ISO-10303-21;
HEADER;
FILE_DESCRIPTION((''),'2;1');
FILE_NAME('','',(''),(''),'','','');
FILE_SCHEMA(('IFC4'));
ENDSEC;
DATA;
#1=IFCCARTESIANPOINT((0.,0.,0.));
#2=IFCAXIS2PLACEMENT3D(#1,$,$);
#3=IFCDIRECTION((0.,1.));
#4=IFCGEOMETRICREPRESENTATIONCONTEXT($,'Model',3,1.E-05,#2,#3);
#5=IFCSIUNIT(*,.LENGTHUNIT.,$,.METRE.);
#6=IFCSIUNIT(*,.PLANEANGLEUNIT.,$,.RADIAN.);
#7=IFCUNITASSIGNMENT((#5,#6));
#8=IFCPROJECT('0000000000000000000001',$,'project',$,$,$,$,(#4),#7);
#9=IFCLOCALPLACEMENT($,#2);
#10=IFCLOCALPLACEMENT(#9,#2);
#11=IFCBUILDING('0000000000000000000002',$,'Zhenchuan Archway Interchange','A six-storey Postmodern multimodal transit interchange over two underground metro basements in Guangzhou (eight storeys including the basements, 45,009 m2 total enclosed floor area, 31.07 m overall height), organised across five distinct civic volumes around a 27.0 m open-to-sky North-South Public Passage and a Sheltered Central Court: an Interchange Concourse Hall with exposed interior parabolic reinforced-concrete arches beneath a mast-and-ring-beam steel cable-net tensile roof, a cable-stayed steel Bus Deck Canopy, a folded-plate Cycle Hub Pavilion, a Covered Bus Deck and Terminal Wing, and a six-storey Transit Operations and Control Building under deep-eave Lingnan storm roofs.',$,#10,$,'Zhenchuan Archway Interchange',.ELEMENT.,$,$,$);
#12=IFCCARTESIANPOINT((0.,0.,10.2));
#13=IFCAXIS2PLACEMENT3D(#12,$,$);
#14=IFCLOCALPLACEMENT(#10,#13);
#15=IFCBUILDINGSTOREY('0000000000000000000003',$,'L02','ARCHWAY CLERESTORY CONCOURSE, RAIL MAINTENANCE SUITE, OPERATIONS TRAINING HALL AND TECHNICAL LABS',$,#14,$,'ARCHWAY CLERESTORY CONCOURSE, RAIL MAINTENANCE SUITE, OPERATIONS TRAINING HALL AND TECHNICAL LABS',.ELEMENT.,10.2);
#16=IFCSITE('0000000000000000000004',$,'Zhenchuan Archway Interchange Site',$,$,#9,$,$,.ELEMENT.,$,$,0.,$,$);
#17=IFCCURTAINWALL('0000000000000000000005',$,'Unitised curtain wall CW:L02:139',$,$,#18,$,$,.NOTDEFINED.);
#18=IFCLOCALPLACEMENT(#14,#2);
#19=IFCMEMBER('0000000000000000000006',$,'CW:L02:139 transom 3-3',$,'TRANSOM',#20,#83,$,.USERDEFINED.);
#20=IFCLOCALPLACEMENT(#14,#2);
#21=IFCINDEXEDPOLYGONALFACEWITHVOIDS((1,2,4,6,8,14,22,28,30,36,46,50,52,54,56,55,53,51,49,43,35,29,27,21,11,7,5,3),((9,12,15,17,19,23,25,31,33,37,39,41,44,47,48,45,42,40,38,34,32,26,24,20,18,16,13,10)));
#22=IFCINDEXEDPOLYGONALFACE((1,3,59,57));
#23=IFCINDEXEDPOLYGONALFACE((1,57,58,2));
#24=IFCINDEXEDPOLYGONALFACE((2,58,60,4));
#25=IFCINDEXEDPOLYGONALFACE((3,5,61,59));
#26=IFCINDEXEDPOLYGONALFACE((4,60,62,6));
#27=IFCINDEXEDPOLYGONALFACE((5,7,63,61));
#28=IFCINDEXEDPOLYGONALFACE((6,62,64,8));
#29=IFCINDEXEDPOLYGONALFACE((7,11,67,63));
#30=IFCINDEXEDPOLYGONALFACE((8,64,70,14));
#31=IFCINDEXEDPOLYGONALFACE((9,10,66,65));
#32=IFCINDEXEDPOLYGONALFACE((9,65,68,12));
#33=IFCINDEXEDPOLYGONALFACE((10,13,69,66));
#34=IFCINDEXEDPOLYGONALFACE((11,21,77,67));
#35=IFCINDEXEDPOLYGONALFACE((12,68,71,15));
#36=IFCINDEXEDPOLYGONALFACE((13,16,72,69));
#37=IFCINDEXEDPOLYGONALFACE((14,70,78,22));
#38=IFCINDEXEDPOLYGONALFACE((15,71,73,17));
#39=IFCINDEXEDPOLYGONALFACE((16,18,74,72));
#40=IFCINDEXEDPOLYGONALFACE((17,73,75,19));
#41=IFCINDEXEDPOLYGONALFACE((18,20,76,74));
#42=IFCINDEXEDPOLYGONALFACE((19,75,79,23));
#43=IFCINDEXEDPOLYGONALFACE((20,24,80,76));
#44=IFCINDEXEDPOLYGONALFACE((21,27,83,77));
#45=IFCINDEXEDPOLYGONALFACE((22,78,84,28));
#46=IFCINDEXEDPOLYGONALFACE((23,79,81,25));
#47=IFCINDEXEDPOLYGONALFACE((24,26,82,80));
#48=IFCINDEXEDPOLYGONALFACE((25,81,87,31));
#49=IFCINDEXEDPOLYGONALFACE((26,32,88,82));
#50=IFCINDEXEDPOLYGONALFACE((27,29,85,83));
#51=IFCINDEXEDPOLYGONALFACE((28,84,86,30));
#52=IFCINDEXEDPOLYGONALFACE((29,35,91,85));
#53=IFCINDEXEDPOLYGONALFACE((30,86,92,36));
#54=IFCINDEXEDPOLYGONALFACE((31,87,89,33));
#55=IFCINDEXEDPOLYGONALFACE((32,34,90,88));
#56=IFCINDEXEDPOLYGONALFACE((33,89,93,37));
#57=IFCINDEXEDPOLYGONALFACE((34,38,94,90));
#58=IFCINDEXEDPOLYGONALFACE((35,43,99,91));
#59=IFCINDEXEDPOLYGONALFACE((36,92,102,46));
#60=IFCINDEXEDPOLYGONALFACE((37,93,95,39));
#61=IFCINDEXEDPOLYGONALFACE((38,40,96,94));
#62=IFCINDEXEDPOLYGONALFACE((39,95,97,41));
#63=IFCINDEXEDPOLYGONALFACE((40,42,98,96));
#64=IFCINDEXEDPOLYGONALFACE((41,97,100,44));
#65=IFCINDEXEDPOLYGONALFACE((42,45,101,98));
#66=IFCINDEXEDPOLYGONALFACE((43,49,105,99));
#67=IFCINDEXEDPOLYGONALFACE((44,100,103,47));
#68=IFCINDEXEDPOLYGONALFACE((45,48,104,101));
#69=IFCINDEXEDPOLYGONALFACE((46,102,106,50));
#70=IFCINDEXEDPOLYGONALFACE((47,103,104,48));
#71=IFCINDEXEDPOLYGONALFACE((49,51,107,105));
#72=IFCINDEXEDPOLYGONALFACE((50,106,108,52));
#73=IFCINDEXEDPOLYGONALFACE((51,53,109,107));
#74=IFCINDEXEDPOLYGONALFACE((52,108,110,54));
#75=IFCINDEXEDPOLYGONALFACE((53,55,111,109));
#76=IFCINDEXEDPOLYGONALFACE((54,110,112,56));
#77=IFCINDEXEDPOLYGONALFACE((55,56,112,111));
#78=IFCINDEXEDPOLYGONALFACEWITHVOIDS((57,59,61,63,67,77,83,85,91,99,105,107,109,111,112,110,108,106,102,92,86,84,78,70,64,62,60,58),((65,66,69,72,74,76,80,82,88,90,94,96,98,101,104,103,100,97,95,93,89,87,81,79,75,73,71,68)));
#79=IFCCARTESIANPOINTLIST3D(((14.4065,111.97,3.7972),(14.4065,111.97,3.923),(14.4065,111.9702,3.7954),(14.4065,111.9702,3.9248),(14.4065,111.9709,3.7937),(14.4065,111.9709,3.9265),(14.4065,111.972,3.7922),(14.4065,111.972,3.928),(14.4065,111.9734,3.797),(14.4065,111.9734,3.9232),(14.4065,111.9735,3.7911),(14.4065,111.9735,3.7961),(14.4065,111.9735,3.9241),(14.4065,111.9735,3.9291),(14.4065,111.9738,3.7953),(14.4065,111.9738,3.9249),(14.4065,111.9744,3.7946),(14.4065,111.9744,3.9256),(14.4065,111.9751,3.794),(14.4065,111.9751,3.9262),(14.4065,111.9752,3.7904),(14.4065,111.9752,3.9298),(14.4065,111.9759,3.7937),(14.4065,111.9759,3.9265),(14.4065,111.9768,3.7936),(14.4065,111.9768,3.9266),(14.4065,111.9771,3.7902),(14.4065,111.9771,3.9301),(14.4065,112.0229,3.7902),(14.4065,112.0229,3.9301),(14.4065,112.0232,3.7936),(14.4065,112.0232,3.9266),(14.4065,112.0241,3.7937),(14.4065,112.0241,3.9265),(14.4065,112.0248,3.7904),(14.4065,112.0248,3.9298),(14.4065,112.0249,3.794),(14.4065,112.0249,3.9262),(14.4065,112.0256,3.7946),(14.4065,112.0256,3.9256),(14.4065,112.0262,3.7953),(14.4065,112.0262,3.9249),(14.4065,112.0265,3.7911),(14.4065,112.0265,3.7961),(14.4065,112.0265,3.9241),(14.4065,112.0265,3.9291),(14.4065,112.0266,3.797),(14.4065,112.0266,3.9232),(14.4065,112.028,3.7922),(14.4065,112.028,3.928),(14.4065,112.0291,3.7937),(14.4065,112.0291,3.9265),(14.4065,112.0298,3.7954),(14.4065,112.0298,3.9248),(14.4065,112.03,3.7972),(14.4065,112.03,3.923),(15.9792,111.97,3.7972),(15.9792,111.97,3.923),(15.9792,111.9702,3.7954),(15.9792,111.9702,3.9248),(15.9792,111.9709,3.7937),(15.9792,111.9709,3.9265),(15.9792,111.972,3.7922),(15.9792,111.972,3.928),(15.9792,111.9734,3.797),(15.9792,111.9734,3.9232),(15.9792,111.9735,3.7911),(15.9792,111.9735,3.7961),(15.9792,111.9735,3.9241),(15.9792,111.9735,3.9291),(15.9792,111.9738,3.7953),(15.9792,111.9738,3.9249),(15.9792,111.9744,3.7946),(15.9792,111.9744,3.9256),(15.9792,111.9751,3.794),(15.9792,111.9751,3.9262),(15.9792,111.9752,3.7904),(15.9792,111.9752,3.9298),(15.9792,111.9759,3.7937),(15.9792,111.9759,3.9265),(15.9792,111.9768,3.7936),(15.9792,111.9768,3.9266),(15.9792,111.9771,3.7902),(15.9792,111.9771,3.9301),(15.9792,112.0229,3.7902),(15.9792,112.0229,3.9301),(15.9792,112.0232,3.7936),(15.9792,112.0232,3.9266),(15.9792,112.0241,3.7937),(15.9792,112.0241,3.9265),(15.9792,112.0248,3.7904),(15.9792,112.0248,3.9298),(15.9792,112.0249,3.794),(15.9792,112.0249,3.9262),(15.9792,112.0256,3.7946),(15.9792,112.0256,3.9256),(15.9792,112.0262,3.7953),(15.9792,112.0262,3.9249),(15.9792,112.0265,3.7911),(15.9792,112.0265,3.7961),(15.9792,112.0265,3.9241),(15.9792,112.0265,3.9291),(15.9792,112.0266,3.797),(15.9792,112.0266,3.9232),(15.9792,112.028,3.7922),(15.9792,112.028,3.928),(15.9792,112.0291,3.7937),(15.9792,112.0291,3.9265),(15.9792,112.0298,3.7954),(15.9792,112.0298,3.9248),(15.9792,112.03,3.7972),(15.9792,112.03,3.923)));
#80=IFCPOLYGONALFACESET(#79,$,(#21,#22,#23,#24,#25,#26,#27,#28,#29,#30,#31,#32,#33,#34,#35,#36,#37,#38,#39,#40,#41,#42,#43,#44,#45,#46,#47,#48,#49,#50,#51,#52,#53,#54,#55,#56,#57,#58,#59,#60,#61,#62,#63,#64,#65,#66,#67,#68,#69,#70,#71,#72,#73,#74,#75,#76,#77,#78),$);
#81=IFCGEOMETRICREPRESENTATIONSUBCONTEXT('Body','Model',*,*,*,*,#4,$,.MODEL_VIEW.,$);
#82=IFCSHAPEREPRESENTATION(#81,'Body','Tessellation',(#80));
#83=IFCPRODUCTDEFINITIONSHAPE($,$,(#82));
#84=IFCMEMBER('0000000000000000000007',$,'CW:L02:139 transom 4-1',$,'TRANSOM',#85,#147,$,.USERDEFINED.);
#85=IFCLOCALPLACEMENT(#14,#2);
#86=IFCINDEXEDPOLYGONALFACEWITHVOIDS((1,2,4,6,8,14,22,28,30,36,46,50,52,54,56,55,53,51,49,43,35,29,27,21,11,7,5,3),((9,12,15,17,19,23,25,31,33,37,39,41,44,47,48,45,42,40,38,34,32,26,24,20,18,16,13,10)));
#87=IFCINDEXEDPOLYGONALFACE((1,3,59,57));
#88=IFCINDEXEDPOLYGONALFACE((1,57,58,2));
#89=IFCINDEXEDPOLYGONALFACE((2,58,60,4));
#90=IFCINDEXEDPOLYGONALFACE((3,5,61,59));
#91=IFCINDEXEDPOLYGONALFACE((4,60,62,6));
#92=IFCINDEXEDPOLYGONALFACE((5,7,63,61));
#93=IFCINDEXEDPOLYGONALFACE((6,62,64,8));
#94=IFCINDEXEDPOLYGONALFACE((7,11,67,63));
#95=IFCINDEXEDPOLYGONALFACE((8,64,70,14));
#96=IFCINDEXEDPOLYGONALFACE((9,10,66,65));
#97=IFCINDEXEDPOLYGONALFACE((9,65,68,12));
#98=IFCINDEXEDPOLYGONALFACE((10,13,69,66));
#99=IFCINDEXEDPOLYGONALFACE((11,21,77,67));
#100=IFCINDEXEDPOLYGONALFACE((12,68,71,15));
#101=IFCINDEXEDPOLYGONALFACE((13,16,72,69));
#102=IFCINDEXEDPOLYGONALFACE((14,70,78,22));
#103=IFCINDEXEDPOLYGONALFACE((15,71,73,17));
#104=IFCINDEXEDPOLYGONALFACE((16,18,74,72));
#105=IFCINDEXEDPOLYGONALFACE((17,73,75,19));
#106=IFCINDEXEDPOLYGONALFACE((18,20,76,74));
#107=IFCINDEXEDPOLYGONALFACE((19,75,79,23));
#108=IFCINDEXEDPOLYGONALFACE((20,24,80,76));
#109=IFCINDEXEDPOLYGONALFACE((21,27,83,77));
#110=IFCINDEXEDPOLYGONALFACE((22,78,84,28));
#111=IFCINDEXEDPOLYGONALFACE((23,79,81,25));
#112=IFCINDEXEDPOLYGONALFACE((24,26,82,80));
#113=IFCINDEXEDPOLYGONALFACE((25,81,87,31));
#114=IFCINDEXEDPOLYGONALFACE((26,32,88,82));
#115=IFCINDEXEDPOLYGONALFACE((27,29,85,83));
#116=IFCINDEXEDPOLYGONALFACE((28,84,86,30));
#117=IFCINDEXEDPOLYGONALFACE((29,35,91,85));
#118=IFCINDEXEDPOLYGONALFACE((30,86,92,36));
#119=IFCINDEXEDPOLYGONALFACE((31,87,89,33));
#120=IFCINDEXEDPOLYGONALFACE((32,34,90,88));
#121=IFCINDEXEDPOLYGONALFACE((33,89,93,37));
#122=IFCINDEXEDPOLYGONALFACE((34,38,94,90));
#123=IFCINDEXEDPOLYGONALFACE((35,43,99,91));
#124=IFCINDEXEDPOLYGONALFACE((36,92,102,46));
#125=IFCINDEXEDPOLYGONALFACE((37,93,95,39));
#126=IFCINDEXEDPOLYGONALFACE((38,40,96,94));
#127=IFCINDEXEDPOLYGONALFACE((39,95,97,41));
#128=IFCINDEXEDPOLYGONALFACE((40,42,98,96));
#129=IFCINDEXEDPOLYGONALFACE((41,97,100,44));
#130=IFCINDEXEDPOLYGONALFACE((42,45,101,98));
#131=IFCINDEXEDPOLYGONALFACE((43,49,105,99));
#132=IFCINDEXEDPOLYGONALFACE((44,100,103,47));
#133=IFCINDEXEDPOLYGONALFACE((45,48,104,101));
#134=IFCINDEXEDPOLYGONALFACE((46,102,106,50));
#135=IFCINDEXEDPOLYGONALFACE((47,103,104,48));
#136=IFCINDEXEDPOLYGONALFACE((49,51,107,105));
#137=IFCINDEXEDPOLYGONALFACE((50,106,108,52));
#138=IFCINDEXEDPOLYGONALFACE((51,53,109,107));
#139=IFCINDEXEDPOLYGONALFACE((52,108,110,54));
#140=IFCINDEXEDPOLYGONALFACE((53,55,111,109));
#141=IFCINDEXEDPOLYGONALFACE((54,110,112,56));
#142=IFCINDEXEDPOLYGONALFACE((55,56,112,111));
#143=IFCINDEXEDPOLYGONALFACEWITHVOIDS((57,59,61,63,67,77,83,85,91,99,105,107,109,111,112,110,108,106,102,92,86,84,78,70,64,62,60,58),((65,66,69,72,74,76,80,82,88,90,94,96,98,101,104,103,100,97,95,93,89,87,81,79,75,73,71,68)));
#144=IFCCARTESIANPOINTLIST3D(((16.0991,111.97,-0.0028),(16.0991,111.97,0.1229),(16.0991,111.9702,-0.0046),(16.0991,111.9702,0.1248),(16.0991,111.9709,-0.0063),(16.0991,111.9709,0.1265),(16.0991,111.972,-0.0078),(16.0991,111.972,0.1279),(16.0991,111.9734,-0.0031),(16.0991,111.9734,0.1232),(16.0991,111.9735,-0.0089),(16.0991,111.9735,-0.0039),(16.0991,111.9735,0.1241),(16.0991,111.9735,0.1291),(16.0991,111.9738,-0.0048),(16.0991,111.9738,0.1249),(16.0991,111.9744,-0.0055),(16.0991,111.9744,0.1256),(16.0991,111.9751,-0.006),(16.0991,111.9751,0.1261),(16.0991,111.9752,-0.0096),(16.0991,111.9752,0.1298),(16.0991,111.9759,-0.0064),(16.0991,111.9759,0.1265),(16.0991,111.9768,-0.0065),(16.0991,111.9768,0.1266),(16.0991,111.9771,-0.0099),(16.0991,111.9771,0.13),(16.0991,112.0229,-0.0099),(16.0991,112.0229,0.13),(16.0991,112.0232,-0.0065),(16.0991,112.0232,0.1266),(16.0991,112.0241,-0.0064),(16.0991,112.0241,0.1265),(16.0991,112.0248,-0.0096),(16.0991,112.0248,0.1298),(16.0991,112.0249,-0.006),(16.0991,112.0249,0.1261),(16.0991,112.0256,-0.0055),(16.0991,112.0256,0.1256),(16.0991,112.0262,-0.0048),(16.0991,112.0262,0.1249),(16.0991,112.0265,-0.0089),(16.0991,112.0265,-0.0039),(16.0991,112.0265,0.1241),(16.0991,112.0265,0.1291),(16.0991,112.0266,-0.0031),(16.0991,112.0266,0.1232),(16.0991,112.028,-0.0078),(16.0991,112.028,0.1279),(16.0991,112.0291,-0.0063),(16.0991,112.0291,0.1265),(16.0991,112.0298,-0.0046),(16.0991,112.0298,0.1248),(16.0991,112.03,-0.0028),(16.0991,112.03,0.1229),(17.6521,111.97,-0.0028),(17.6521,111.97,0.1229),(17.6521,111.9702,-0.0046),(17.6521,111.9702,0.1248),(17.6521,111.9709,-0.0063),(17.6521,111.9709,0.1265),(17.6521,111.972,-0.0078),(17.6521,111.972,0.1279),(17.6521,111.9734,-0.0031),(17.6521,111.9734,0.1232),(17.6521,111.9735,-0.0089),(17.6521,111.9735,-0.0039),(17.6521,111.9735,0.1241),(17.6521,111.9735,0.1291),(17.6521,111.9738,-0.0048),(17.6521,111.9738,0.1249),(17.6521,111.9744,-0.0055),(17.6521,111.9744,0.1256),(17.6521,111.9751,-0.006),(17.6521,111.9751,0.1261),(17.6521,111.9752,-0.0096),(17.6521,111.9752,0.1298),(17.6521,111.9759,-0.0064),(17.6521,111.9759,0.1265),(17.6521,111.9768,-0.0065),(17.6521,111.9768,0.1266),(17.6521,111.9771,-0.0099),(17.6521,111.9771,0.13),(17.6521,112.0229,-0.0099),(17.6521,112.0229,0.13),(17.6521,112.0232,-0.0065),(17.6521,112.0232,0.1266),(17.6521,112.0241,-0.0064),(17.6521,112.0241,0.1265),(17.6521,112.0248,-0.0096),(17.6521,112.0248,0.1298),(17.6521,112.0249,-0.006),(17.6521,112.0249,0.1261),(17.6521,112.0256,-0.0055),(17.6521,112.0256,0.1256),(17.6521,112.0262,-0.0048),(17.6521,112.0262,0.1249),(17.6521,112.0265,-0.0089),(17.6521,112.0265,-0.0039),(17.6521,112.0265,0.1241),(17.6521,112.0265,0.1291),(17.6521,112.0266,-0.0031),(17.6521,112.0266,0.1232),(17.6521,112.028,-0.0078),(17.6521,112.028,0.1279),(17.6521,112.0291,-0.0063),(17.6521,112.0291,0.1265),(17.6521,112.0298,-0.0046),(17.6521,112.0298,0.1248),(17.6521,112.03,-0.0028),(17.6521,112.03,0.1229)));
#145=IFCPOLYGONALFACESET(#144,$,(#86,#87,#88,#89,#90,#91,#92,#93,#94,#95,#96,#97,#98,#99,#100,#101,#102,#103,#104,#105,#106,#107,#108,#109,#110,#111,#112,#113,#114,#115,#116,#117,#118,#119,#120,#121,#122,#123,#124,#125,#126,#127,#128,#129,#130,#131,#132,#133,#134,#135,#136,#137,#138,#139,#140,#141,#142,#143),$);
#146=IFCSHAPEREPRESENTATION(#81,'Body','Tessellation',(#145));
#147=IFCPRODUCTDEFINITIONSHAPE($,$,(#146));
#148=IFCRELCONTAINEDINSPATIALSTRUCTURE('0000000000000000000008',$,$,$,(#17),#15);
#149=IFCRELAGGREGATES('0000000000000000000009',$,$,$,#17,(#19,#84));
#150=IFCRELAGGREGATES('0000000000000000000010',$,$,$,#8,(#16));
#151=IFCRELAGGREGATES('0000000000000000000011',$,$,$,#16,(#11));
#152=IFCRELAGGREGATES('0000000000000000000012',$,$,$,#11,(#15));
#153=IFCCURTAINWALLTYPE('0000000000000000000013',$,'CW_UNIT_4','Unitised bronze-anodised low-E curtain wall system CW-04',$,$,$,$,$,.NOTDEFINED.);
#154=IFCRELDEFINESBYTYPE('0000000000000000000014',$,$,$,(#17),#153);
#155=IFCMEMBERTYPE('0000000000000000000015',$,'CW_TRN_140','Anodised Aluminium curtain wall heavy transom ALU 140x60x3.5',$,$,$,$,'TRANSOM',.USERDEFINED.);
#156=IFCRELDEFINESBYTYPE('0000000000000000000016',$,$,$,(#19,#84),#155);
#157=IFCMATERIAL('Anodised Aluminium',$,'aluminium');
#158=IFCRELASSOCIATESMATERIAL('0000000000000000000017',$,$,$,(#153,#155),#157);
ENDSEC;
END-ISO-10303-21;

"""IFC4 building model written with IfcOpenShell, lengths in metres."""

from ifc_helpers import new_model, si_unit, direction, frame, origin, origin_2d, place, context, subcontext, project, spatial, hollow_rectangle, extrude, material, material_profile, profile_set, type_object, element, aggregate, save


model = new_model("IFC4")

# Units and contexts
model_context = context("Model", 3, precision=1e-05, world=origin(), true_north=direction((0.0, 1.0)))
body_context = subcontext(model_context, "Body", "Model", "MODEL_VIEW")
ifc_project = project(units=[si_unit("LENGTHUNIT", "METRE"), si_unit("PLANEANGLEUNIT", "RADIAN")], contexts=[model_context])

# Site, building, storey
site_placement = place(None, origin())
site = spatial("IfcSite", under=ifc_project, at=site_placement, Name="Zhenchuan Archway Interchange Site", CompositionType="ELEMENT", RefElevation=0.0)
building_placement = place(site_placement, origin())
building = spatial("IfcBuilding", under=site, at=building_placement, Name="Zhenchuan Archway Interchange", Description="A six-storey Postmodern multimodal transit interchange over two underground metro basements in Guangzhou (eight storeys including the basements, 45,009 m2 total enclosed floor area, 31.07 m overall height), organised across five distinct civic volumes around a 27.0 m open-to-sky North-South Public Passage and a Sheltered Central Court: an Interchange Concourse Hall with exposed interior parabolic reinforced-concrete arches beneath a mast-and-ring-beam steel cable-net tensile roof, a cable-stayed steel Bus Deck Canopy, a folded-plate Cycle Hub Pavilion, a Covered Bus Deck and Terminal Wing, and a six-storey Transit Operations and Control Building under deep-eave Lingnan storm roofs.", LongName="Zhenchuan Archway Interchange", CompositionType="ELEMENT")
storey_placement = place(building_placement, frame((0.0, 0.0, 10.2)))
storey = spatial("IfcBuildingStorey", under=building, at=storey_placement, Name="L02", Description="ARCHWAY CLERESTORY CONCOURSE, RAIL MAINTENANCE SUITE, OPERATIONS TRAINING HALL AND TECHNICAL LABS", LongName="ARCHWAY CLERESTORY CONCOURSE, RAIL MAINTENANCE SUITE, OPERATIONS TRAINING HALL AND TECHNICAL LABS", CompositionType="ELEMENT", Elevation=10.2)

# Curtain wall
ifc_material_1 = material(Name="Anodised Aluminium", Category="aluminium")
curtain_wall_type_1 = type_object("IfcCurtainWallType", Name="CW_UNIT_4", Description="Unitised bronze-anodised low-E curtain wall system CW-04", PredefinedType="NOTDEFINED", material=ifc_material_1)
curtain_wall_1_placement = place(storey_placement, origin())
curtain_wall_1 = element("IfcCurtainWall", 1, at=curtain_wall_1_placement, inside=storey, type_object=curtain_wall_type_1, Name="Unitised curtain wall CW:L02:139", PredefinedType="NOTDEFINED")

# Members
ifc_material_profile_1 = material_profile(ifc_material_1, hollow_rectangle(XDim=0.0601, YDim=0.1399, WallThickness=0.0034, InnerFilletRadius=0.0034, OuterFilletRadius=0.0071, at=origin_2d()), Name="ALU 140x60x3.5")
ifc_profile_set_1 = profile_set([ifc_material_profile_1], Name="Anodised Aluminium")
member_type_1 = type_object("IfcMemberType", Name="CW_TRN_140", Description="Anodised Aluminium curtain wall heavy transom ALU 140x60x3.5", ElementType="TRANSOM", PredefinedType="USERDEFINED", material=ifc_profile_set_1)
member_1_placement = place(storey_placement, frame((14.4065, 112.0, 3.8601), z_axis=(1.0, 0.0, 0.0), x_axis=(0.0, 1.0, 0.0)))
member_1 = element("IfcMember", 2, at=member_1_placement, type_object=member_type_1, Name="CW:L02:139 transom 3-3", ObjectType="TRANSOM", PredefinedType="USERDEFINED", context=body_context, shape_type="SweptSolid", body=[
    extrude(hollow_rectangle(XDim=0.0601, YDim=0.1399, WallThickness=0.0034, InnerFilletRadius=0.0034, OuterFilletRadius=0.0071, at=origin_2d()), origin(), (0.0, 0.0, 1.0), 1.5728),
])
member_2_placement = place(storey_placement, frame((16.0991, 112.0, 0.0601), z_axis=(1.0, 0.0, 0.0), x_axis=(0.0, 1.0, 0.0)))
member_2 = element("IfcMember", 3, at=member_2_placement, type_object=member_type_1, Name="CW:L02:139 transom 4-1", ObjectType="TRANSOM", PredefinedType="USERDEFINED", context=body_context, shape_type="SweptSolid", body=[
    extrude(hollow_rectangle(XDim=0.0601, YDim=0.1399, WallThickness=0.0034, InnerFilletRadius=0.0034, OuterFilletRadius=0.0071, at=origin_2d()), origin(), (0.0, 0.0, 1.0), 1.553),
])

aggregate(curtain_wall_1, [member_1, member_2])

save(model, "model.ifc")
